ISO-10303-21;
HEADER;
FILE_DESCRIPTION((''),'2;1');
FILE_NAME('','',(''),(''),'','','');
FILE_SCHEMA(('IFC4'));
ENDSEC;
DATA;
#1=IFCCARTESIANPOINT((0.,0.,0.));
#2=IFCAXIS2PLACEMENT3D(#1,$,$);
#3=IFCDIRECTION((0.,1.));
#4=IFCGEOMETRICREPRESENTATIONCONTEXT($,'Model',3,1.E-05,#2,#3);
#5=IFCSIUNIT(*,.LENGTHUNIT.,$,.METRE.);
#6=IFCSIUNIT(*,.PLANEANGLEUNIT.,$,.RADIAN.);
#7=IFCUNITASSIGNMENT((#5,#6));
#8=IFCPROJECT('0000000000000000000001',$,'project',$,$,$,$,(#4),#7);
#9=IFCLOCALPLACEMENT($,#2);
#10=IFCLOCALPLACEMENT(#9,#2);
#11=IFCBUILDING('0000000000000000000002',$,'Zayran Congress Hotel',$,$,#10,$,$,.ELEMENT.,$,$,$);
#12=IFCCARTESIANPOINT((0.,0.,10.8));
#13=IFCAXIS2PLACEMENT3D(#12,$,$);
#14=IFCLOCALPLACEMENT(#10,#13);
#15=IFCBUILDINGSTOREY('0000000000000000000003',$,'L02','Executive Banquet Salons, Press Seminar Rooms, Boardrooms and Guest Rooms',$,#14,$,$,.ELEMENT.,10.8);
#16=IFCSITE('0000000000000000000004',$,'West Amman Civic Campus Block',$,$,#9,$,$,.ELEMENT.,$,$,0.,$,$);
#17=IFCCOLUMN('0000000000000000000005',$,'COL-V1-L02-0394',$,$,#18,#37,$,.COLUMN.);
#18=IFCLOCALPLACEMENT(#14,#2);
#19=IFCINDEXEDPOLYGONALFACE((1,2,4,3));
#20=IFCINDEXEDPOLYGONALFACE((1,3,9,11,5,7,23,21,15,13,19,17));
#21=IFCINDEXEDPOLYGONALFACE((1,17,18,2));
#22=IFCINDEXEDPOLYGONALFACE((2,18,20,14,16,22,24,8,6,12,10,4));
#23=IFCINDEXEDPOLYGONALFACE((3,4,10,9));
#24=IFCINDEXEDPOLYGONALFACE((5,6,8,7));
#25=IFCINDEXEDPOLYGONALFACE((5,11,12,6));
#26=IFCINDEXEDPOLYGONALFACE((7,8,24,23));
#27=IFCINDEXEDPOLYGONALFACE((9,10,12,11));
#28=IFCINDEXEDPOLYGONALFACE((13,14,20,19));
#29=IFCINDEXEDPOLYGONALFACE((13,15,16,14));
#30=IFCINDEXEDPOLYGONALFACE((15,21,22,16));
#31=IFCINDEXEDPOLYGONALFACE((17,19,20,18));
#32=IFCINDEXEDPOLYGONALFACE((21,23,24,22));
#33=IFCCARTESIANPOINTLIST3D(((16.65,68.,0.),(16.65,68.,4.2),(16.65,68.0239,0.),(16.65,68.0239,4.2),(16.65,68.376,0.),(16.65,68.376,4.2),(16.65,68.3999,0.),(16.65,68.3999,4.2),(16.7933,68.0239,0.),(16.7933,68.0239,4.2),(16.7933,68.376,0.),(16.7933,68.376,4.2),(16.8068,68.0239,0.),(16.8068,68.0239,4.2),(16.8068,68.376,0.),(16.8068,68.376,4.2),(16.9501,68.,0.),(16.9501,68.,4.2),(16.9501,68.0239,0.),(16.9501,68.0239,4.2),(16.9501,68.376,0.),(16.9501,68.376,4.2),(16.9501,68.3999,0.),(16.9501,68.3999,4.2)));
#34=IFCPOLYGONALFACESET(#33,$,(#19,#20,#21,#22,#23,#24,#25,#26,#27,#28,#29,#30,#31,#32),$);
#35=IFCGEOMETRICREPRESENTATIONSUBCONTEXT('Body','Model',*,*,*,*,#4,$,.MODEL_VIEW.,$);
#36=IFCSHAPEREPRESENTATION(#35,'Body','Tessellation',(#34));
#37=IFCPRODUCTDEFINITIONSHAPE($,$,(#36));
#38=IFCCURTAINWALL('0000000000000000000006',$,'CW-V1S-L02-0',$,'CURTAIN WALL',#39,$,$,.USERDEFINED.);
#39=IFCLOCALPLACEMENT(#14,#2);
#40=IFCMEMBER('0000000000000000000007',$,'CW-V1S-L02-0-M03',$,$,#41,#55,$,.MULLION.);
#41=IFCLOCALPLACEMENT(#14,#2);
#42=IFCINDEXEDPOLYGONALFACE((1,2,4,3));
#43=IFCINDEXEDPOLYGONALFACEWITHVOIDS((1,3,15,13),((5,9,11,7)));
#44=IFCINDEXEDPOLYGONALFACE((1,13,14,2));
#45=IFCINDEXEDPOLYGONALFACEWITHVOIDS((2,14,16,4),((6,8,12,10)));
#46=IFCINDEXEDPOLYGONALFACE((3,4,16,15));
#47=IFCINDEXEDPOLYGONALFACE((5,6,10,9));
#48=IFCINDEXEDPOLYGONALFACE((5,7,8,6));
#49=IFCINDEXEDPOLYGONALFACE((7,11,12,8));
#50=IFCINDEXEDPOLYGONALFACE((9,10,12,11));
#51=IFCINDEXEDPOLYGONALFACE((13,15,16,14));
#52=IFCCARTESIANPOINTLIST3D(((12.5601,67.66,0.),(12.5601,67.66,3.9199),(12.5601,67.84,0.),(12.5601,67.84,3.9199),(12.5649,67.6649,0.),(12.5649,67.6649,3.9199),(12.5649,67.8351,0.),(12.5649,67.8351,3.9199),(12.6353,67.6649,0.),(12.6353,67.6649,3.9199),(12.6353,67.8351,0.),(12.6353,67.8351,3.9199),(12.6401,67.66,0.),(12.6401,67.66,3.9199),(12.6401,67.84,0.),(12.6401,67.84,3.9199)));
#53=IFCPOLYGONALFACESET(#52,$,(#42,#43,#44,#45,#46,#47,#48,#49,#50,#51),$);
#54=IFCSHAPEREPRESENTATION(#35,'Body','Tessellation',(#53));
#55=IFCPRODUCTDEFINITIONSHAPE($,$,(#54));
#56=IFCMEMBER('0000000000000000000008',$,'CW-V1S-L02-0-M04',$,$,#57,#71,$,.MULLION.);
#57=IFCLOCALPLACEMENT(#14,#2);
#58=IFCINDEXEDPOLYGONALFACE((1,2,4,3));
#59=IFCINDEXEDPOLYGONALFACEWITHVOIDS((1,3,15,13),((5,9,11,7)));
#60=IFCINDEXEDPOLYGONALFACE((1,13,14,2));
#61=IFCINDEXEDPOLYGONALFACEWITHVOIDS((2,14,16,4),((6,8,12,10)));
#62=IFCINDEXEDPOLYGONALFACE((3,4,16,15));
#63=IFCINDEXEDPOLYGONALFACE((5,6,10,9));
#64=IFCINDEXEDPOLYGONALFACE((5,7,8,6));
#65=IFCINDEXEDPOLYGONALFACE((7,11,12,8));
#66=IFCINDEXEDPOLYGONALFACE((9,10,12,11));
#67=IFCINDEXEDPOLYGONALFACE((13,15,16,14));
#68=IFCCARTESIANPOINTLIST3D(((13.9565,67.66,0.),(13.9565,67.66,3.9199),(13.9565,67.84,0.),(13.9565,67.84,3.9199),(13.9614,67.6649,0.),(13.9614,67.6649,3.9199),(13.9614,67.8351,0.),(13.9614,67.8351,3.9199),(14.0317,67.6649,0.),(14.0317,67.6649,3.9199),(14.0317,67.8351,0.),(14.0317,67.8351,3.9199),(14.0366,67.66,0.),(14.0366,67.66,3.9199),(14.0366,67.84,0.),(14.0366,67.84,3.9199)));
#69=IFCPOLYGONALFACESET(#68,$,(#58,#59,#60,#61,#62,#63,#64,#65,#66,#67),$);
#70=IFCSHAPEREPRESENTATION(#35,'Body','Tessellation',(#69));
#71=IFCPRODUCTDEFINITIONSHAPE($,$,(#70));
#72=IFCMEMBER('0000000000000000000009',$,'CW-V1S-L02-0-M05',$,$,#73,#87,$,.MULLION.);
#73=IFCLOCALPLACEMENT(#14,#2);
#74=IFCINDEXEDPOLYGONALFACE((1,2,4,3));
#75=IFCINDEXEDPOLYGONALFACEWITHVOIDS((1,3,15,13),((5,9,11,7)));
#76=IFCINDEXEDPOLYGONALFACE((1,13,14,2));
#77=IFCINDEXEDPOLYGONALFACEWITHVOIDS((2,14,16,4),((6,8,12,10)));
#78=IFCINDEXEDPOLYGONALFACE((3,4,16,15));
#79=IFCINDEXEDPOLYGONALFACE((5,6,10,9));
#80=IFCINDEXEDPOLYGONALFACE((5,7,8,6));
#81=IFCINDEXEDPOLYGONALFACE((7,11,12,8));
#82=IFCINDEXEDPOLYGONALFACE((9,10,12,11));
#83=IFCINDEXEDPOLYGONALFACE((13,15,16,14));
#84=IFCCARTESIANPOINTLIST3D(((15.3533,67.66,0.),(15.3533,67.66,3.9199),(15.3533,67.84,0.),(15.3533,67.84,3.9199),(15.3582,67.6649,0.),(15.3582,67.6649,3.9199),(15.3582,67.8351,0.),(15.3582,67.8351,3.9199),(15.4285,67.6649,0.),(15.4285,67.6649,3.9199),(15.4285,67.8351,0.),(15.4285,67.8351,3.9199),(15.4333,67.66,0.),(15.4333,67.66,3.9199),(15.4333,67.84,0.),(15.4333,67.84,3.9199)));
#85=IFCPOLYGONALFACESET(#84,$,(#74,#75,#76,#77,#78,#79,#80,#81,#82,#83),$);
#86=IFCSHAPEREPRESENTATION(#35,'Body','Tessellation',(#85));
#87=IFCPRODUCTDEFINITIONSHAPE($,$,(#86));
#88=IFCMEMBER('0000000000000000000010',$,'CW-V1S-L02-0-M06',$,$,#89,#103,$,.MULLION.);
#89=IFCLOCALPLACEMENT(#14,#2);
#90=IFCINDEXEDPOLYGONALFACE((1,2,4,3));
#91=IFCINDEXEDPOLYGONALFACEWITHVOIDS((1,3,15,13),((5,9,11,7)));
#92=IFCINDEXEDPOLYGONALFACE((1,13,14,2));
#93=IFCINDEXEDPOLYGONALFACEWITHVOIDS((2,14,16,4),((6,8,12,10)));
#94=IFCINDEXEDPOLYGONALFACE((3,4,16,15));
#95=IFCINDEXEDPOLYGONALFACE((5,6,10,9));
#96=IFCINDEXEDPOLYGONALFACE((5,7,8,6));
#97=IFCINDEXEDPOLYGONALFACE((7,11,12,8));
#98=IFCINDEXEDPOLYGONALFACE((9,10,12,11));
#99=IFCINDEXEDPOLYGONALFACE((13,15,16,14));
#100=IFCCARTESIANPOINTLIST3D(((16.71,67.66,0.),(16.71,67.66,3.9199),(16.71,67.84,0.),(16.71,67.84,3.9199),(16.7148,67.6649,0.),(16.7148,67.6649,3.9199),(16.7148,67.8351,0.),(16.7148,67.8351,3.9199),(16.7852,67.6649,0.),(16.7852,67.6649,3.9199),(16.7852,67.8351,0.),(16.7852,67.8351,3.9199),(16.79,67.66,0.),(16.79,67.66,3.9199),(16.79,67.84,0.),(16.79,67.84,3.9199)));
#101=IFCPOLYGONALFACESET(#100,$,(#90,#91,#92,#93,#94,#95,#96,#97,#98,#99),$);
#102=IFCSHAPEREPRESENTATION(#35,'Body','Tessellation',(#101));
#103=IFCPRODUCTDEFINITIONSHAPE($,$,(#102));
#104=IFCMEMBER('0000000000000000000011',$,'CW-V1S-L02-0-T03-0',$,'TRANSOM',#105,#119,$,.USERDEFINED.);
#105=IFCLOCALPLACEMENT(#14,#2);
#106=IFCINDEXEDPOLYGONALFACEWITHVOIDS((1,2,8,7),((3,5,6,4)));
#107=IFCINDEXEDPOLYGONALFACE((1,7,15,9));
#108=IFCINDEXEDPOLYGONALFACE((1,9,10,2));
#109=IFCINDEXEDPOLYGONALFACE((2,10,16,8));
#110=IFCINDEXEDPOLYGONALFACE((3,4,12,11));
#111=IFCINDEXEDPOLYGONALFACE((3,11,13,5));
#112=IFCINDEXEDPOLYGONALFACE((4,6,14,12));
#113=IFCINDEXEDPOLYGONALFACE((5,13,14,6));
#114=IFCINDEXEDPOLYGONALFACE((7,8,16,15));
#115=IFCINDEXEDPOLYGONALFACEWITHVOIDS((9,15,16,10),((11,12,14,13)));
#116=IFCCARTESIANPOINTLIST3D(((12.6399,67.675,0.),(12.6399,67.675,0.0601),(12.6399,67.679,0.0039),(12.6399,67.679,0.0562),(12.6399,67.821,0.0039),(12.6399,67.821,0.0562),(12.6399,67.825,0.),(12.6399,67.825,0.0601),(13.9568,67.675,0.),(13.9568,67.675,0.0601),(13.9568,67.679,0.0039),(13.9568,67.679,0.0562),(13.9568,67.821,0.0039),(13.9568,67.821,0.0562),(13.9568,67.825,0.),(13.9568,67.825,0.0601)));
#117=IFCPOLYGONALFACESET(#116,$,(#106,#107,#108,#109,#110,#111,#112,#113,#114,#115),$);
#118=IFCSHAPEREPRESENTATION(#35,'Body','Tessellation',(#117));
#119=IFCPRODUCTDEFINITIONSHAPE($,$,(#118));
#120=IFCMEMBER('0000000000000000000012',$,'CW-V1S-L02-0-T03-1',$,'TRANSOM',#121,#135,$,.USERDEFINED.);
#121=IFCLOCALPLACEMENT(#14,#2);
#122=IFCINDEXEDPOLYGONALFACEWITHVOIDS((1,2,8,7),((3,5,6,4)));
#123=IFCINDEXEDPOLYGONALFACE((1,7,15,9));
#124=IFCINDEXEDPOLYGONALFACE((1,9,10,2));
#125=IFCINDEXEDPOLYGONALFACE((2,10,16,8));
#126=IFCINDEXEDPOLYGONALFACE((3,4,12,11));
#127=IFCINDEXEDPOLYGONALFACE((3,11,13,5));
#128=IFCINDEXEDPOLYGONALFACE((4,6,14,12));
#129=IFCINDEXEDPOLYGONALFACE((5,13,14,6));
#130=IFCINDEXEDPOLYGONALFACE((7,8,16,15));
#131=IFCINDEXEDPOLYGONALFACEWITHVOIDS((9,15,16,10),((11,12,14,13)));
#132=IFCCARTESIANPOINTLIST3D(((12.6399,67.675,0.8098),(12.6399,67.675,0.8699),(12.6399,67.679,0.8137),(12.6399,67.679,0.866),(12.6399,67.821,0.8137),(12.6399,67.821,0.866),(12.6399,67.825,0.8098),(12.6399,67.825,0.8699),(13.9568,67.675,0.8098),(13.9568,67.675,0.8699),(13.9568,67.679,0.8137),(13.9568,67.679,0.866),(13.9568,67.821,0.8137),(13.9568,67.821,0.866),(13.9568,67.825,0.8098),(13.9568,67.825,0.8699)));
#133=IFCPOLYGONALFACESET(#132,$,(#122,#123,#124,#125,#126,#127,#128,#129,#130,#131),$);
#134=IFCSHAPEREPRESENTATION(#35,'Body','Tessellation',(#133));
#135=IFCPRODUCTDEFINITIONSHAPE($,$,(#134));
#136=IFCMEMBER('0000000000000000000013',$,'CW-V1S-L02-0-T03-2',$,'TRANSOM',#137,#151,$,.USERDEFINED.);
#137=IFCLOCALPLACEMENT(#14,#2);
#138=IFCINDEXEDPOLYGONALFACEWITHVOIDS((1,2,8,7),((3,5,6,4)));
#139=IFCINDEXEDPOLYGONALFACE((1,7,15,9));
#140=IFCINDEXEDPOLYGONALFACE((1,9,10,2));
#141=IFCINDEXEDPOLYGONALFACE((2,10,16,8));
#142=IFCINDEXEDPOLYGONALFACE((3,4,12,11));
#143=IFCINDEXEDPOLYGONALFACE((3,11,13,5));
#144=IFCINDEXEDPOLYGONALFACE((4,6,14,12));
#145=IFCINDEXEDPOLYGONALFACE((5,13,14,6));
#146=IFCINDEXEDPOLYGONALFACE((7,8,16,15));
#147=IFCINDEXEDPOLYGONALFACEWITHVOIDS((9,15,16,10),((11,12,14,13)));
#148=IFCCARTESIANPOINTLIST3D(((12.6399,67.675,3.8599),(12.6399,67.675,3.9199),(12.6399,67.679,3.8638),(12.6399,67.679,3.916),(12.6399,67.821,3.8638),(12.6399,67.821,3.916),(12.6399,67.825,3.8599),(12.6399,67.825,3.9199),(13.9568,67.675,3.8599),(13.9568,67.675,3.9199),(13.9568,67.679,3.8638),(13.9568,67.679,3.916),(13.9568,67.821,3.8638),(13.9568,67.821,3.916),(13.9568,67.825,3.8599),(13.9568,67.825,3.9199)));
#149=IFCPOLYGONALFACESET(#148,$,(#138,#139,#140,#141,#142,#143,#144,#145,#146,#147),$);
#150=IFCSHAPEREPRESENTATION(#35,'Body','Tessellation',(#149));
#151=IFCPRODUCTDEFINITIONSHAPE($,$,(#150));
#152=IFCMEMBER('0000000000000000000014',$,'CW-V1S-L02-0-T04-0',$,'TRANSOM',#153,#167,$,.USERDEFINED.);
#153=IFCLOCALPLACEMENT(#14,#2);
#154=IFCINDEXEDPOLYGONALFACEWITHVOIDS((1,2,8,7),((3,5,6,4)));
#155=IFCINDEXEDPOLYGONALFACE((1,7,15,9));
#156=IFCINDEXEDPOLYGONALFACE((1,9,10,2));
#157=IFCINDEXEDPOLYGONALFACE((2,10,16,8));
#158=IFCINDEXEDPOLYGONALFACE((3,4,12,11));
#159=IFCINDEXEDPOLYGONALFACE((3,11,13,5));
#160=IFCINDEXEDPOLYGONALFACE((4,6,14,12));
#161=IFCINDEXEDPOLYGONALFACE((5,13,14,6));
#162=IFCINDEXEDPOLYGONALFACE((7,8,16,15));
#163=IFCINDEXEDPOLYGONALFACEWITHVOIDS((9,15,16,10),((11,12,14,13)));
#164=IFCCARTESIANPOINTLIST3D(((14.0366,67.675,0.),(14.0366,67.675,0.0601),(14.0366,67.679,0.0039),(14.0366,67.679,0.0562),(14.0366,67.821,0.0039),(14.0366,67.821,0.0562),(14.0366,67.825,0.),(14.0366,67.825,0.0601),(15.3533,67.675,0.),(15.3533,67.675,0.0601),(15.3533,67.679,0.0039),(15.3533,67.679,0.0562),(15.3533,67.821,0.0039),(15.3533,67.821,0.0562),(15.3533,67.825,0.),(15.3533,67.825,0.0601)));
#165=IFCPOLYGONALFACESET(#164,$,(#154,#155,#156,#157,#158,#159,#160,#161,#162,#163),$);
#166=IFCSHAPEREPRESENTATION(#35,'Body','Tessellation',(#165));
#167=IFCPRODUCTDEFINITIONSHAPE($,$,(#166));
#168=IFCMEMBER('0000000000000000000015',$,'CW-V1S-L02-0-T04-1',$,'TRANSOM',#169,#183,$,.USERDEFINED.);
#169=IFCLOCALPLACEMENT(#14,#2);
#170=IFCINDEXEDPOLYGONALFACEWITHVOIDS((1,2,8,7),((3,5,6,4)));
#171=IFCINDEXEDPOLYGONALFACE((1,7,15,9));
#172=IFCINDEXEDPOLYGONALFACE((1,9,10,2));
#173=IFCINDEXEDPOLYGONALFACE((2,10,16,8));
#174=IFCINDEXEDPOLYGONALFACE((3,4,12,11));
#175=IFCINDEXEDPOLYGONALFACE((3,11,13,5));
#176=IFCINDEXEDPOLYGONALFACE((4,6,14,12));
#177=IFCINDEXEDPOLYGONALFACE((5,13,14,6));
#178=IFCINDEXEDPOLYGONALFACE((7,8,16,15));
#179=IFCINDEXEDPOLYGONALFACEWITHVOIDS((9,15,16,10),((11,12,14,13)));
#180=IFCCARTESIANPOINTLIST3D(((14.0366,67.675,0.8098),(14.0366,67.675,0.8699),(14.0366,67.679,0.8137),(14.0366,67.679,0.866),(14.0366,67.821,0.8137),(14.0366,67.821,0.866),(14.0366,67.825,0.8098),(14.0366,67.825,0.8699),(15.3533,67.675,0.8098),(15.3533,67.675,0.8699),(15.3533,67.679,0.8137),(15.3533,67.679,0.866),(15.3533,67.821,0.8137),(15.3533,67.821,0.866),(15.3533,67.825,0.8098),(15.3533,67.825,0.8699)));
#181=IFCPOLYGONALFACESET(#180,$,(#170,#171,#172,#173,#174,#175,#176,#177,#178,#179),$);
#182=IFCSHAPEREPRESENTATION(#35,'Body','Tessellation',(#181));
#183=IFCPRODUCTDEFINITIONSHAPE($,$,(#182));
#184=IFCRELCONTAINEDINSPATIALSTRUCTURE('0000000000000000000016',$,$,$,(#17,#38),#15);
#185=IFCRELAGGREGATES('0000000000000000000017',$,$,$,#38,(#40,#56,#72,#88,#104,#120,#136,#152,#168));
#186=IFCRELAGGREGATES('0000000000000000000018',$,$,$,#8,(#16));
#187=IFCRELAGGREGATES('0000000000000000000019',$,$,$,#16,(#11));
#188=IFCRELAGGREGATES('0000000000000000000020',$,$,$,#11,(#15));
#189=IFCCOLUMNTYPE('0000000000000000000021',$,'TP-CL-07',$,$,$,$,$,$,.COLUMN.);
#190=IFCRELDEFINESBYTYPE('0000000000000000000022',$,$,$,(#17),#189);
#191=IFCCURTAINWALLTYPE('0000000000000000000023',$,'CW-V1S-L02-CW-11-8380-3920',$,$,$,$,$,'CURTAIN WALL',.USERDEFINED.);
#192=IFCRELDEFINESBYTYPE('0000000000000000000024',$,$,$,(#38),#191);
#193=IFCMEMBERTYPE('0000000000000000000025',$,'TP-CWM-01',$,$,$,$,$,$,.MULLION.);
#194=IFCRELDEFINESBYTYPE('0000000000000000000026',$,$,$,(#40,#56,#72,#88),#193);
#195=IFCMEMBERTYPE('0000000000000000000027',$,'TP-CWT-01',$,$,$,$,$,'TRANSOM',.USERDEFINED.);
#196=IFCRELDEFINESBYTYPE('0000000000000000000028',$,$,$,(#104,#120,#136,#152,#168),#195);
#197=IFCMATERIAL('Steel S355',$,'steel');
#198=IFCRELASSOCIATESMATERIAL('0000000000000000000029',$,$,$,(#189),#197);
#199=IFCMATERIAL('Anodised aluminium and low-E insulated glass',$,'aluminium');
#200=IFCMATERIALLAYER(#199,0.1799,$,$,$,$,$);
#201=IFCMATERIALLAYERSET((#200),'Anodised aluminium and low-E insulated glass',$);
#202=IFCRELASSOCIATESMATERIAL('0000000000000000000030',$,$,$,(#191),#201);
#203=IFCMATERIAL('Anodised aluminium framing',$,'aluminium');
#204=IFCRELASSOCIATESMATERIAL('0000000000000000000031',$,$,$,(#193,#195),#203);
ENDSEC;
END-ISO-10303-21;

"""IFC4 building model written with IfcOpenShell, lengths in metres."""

from ifc_helpers import new_model, si_unit, direction, frame, origin, origin_2d, place, context, subcontext, project, spatial, hollow_rectangle, i_section, extrude, material, layer, layer_set, material_profile, profile_set, type_object, element, aggregate, save


model = new_model("IFC4")

# Units and contexts
model_context = context("Model", 3, precision=1e-05, world=origin(), true_north=direction((0.0, 1.0)))
body_context = subcontext(model_context, "Body", "Model", "MODEL_VIEW")
ifc_project = project(units=[si_unit("LENGTHUNIT", "METRE"), si_unit("PLANEANGLEUNIT", "RADIAN")], contexts=[model_context])

# Site, building, storey
site_placement = place(None, origin())
site = spatial("IfcSite", under=ifc_project, at=site_placement, Name="West Amman Civic Campus Block", CompositionType="ELEMENT", RefElevation=0.0)
building_placement = place(site_placement, origin())
building = spatial("IfcBuilding", under=site, at=building_placement, Name="Zayran Congress Hotel", CompositionType="ELEMENT")
storey_placement = place(building_placement, frame((0.0, 0.0, 10.8)))
storey = spatial("IfcBuildingStorey", under=building, at=storey_placement, Name="L02", Description="Executive Banquet Salons, Press Seminar Rooms, Boardrooms and Guest Rooms", CompositionType="ELEMENT", Elevation=10.8)

# Column
ifc_material_1 = material(Name="Steel S355", Category="steel")
ifc_material_profile_1 = material_profile(ifc_material_1, i_section(OverallWidth=0.3, OverallDepth=0.3999, WebThickness=0.0134, FlangeThickness=0.0239, at=origin_2d()), Name="HEB 400")
ifc_profile_set_1 = profile_set([ifc_material_profile_1], Name="Steel S355")
column_type = type_object("IfcColumnType", Name="TP-CL-07", PredefinedType="COLUMN", material=ifc_profile_set_1)
column_placement = place(storey_placement, frame((16.8, 68.2, 0.0), z_axis=(0.0, 0.0, 1.0), x_axis=(1.0, 0.0, 0.0)))
element("IfcColumn", 1, at=column_placement, inside=storey, type_object=column_type, Name="COL-V1-L02-0394", PredefinedType="COLUMN", context=body_context, shape_type="SweptSolid", body=[
    extrude(i_section(OverallWidth=0.3, OverallDepth=0.3999, WebThickness=0.0134, FlangeThickness=0.0239, at=origin_2d()), origin(), (0.0, 0.0, 1.0), 4.2),
])

# Curtain wall, members
ifc_material_2 = material(Name="Anodised aluminium and low-E insulated glass", Category="aluminium")
ifc_layer_1 = layer(ifc_material_2, 0.1799)
ifc_layer_set_1 = layer_set([ifc_layer_1], Name="Anodised aluminium and low-E insulated glass")
curtain_wall_type = type_object("IfcCurtainWallType", Name="CW-V1S-L02-CW-11-8380-3920", ElementType="CURTAIN WALL", PredefinedType="USERDEFINED", material=ifc_layer_set_1)
curtain_wall_placement = place(storey_placement, origin())
curtain_wall = element("IfcCurtainWall", 2, at=curtain_wall_placement, inside=storey, type_object=curtain_wall_type, Name="CW-V1S-L02-0", ObjectType="CURTAIN WALL", PredefinedType="USERDEFINED")
ifc_material_3 = material(Name="Anodised aluminium framing", Category="aluminium")
ifc_material_profile_2 = material_profile(ifc_material_3, hollow_rectangle(XDim=0.0801, YDim=0.1799, WallThickness=0.0049, at=origin_2d()), Name="RHS 180x80x5")
ifc_profile_set_2 = profile_set([ifc_material_profile_2], Name="Anodised aluminium framing")
member_type_1 = type_object("IfcMemberType", Name="TP-CWM-01", PredefinedType="MULLION", material=ifc_profile_set_2)
member_1_placement = place(storey_placement, frame((12.6001, 67.75, 0.0), z_axis=(0.0, 0.0, 1.0), x_axis=(1.0, 0.0, 0.0)))
member_1 = element("IfcMember", 3, at=member_1_placement, type_object=member_type_1, Name="CW-V1S-L02-0-M03", PredefinedType="MULLION", context=body_context, shape_type="SweptSolid", body=[
    extrude(hollow_rectangle(XDim=0.0801, YDim=0.1799, WallThickness=0.0049, at=origin_2d()), origin(), (0.0, 0.0, 1.0), 3.9199),
])
member_2_placement = place(storey_placement, frame((13.9966, 67.75, 0.0), z_axis=(0.0, 0.0, 1.0), x_axis=(1.0, 0.0, 0.0)))
member_2 = element("IfcMember", 4, at=member_2_placement, type_object=member_type_1, Name="CW-V1S-L02-0-M04", PredefinedType="MULLION", context=body_context, shape_type="SweptSolid", body=[
    extrude(hollow_rectangle(XDim=0.0801, YDim=0.1799, WallThickness=0.0049, at=origin_2d()), origin(), (0.0, 0.0, 1.0), 3.9199),
])
member_3_placement = place(storey_placement, frame((15.3933, 67.75, 0.0), z_axis=(0.0, 0.0, 1.0), x_axis=(1.0, 0.0, 0.0)))
member_3 = element("IfcMember", 5, at=member_3_placement, type_object=member_type_1, Name="CW-V1S-L02-0-M05", PredefinedType="MULLION", context=body_context, shape_type="SweptSolid", body=[
    extrude(hollow_rectangle(XDim=0.0801, YDim=0.1799, WallThickness=0.0049, at=origin_2d()), origin(), (0.0, 0.0, 1.0), 3.9199),
])
member_4_placement = place(storey_placement, frame((16.75, 67.75, 0.0), z_axis=(0.0, 0.0, 1.0), x_axis=(1.0, 0.0, 0.0)))
member_4 = element("IfcMember", 6, at=member_4_placement, type_object=member_type_1, Name="CW-V1S-L02-0-M06", PredefinedType="MULLION", context=body_context, shape_type="SweptSolid", body=[
    extrude(hollow_rectangle(XDim=0.0801, YDim=0.1799, WallThickness=0.0049, at=origin_2d()), origin(), (0.0, 0.0, 1.0), 3.9199),
])
ifc_material_profile_3 = material_profile(ifc_material_3, hollow_rectangle(XDim=0.0601, YDim=0.1499, WallThickness=0.0039, at=origin_2d()), Name="RHS 150x60x4")
ifc_profile_set_3 = profile_set([ifc_material_profile_3], Name="Anodised aluminium framing")
member_type_2 = type_object("IfcMemberType", Name="TP-CWT-01", ElementType="TRANSOM", PredefinedType="USERDEFINED", material=ifc_profile_set_3)
member_5_placement = place(storey_placement, frame((12.6399, 67.75, 0.03), z_axis=(1.0, 0.0, 0.0), x_axis=(0.0, 0.0, 1.0)))
member_5 = element("IfcMember", 7, at=member_5_placement, type_object=member_type_2, Name="CW-V1S-L02-0-T03-0", ObjectType="TRANSOM", PredefinedType="USERDEFINED", context=body_context, shape_type="SweptSolid", body=[
    extrude(hollow_rectangle(XDim=0.0601, YDim=0.1499, WallThickness=0.0039, at=origin_2d()), origin(), (0.0, 0.0, 1.0), 1.3169),
])
member_6_placement = place(storey_placement, frame((12.6399, 67.75, 0.8398), z_axis=(1.0, 0.0, 0.0), x_axis=(0.0, 0.0, 1.0)))
member_6 = element("IfcMember", 8, at=member_6_placement, type_object=member_type_2, Name="CW-V1S-L02-0-T03-1", ObjectType="TRANSOM", PredefinedType="USERDEFINED", context=body_context, shape_type="SweptSolid", body=[
    extrude(hollow_rectangle(XDim=0.0601, YDim=0.1499, WallThickness=0.0039, at=origin_2d()), origin(), (0.0, 0.0, 1.0), 1.3169),
])
member_7_placement = place(storey_placement, frame((12.6399, 67.75, 3.8899), z_axis=(1.0, 0.0, 0.0), x_axis=(0.0, 0.0, 1.0)))
member_7 = element("IfcMember", 9, at=member_7_placement, type_object=member_type_2, Name="CW-V1S-L02-0-T03-2", ObjectType="TRANSOM", PredefinedType="USERDEFINED", context=body_context, shape_type="SweptSolid", body=[
    extrude(hollow_rectangle(XDim=0.0601, YDim=0.1499, WallThickness=0.0039, at=origin_2d()), origin(), (0.0, 0.0, 1.0), 1.3169),
])
member_8_placement = place(storey_placement, frame((14.0366, 67.75, 0.03), z_axis=(1.0, 0.0, 0.0), x_axis=(0.0, 0.0, 1.0)))
member_8 = element("IfcMember", 10, at=member_8_placement, type_object=member_type_2, Name="CW-V1S-L02-0-T04-0", ObjectType="TRANSOM", PredefinedType="USERDEFINED", context=body_context, shape_type="SweptSolid", body=[
    extrude(hollow_rectangle(XDim=0.0601, YDim=0.1499, WallThickness=0.0039, at=origin_2d()), origin(), (0.0, 0.0, 1.0), 1.3167),
])
member_9_placement = place(storey_placement, frame((14.0366, 67.75, 0.8398), z_axis=(1.0, 0.0, 0.0), x_axis=(0.0, 0.0, 1.0)))
member_9 = element("IfcMember", 11, at=member_9_placement, type_object=member_type_2, Name="CW-V1S-L02-0-T04-1", ObjectType="TRANSOM", PredefinedType="USERDEFINED", context=body_context, shape_type="SweptSolid", body=[
    extrude(hollow_rectangle(XDim=0.0601, YDim=0.1499, WallThickness=0.0039, at=origin_2d()), origin(), (0.0, 0.0, 1.0), 1.3167),
])
aggregate(curtain_wall, [member_1, member_2, member_3, member_4, member_5, member_6, member_7, member_8, member_9])

save(model, "model.ifc")
